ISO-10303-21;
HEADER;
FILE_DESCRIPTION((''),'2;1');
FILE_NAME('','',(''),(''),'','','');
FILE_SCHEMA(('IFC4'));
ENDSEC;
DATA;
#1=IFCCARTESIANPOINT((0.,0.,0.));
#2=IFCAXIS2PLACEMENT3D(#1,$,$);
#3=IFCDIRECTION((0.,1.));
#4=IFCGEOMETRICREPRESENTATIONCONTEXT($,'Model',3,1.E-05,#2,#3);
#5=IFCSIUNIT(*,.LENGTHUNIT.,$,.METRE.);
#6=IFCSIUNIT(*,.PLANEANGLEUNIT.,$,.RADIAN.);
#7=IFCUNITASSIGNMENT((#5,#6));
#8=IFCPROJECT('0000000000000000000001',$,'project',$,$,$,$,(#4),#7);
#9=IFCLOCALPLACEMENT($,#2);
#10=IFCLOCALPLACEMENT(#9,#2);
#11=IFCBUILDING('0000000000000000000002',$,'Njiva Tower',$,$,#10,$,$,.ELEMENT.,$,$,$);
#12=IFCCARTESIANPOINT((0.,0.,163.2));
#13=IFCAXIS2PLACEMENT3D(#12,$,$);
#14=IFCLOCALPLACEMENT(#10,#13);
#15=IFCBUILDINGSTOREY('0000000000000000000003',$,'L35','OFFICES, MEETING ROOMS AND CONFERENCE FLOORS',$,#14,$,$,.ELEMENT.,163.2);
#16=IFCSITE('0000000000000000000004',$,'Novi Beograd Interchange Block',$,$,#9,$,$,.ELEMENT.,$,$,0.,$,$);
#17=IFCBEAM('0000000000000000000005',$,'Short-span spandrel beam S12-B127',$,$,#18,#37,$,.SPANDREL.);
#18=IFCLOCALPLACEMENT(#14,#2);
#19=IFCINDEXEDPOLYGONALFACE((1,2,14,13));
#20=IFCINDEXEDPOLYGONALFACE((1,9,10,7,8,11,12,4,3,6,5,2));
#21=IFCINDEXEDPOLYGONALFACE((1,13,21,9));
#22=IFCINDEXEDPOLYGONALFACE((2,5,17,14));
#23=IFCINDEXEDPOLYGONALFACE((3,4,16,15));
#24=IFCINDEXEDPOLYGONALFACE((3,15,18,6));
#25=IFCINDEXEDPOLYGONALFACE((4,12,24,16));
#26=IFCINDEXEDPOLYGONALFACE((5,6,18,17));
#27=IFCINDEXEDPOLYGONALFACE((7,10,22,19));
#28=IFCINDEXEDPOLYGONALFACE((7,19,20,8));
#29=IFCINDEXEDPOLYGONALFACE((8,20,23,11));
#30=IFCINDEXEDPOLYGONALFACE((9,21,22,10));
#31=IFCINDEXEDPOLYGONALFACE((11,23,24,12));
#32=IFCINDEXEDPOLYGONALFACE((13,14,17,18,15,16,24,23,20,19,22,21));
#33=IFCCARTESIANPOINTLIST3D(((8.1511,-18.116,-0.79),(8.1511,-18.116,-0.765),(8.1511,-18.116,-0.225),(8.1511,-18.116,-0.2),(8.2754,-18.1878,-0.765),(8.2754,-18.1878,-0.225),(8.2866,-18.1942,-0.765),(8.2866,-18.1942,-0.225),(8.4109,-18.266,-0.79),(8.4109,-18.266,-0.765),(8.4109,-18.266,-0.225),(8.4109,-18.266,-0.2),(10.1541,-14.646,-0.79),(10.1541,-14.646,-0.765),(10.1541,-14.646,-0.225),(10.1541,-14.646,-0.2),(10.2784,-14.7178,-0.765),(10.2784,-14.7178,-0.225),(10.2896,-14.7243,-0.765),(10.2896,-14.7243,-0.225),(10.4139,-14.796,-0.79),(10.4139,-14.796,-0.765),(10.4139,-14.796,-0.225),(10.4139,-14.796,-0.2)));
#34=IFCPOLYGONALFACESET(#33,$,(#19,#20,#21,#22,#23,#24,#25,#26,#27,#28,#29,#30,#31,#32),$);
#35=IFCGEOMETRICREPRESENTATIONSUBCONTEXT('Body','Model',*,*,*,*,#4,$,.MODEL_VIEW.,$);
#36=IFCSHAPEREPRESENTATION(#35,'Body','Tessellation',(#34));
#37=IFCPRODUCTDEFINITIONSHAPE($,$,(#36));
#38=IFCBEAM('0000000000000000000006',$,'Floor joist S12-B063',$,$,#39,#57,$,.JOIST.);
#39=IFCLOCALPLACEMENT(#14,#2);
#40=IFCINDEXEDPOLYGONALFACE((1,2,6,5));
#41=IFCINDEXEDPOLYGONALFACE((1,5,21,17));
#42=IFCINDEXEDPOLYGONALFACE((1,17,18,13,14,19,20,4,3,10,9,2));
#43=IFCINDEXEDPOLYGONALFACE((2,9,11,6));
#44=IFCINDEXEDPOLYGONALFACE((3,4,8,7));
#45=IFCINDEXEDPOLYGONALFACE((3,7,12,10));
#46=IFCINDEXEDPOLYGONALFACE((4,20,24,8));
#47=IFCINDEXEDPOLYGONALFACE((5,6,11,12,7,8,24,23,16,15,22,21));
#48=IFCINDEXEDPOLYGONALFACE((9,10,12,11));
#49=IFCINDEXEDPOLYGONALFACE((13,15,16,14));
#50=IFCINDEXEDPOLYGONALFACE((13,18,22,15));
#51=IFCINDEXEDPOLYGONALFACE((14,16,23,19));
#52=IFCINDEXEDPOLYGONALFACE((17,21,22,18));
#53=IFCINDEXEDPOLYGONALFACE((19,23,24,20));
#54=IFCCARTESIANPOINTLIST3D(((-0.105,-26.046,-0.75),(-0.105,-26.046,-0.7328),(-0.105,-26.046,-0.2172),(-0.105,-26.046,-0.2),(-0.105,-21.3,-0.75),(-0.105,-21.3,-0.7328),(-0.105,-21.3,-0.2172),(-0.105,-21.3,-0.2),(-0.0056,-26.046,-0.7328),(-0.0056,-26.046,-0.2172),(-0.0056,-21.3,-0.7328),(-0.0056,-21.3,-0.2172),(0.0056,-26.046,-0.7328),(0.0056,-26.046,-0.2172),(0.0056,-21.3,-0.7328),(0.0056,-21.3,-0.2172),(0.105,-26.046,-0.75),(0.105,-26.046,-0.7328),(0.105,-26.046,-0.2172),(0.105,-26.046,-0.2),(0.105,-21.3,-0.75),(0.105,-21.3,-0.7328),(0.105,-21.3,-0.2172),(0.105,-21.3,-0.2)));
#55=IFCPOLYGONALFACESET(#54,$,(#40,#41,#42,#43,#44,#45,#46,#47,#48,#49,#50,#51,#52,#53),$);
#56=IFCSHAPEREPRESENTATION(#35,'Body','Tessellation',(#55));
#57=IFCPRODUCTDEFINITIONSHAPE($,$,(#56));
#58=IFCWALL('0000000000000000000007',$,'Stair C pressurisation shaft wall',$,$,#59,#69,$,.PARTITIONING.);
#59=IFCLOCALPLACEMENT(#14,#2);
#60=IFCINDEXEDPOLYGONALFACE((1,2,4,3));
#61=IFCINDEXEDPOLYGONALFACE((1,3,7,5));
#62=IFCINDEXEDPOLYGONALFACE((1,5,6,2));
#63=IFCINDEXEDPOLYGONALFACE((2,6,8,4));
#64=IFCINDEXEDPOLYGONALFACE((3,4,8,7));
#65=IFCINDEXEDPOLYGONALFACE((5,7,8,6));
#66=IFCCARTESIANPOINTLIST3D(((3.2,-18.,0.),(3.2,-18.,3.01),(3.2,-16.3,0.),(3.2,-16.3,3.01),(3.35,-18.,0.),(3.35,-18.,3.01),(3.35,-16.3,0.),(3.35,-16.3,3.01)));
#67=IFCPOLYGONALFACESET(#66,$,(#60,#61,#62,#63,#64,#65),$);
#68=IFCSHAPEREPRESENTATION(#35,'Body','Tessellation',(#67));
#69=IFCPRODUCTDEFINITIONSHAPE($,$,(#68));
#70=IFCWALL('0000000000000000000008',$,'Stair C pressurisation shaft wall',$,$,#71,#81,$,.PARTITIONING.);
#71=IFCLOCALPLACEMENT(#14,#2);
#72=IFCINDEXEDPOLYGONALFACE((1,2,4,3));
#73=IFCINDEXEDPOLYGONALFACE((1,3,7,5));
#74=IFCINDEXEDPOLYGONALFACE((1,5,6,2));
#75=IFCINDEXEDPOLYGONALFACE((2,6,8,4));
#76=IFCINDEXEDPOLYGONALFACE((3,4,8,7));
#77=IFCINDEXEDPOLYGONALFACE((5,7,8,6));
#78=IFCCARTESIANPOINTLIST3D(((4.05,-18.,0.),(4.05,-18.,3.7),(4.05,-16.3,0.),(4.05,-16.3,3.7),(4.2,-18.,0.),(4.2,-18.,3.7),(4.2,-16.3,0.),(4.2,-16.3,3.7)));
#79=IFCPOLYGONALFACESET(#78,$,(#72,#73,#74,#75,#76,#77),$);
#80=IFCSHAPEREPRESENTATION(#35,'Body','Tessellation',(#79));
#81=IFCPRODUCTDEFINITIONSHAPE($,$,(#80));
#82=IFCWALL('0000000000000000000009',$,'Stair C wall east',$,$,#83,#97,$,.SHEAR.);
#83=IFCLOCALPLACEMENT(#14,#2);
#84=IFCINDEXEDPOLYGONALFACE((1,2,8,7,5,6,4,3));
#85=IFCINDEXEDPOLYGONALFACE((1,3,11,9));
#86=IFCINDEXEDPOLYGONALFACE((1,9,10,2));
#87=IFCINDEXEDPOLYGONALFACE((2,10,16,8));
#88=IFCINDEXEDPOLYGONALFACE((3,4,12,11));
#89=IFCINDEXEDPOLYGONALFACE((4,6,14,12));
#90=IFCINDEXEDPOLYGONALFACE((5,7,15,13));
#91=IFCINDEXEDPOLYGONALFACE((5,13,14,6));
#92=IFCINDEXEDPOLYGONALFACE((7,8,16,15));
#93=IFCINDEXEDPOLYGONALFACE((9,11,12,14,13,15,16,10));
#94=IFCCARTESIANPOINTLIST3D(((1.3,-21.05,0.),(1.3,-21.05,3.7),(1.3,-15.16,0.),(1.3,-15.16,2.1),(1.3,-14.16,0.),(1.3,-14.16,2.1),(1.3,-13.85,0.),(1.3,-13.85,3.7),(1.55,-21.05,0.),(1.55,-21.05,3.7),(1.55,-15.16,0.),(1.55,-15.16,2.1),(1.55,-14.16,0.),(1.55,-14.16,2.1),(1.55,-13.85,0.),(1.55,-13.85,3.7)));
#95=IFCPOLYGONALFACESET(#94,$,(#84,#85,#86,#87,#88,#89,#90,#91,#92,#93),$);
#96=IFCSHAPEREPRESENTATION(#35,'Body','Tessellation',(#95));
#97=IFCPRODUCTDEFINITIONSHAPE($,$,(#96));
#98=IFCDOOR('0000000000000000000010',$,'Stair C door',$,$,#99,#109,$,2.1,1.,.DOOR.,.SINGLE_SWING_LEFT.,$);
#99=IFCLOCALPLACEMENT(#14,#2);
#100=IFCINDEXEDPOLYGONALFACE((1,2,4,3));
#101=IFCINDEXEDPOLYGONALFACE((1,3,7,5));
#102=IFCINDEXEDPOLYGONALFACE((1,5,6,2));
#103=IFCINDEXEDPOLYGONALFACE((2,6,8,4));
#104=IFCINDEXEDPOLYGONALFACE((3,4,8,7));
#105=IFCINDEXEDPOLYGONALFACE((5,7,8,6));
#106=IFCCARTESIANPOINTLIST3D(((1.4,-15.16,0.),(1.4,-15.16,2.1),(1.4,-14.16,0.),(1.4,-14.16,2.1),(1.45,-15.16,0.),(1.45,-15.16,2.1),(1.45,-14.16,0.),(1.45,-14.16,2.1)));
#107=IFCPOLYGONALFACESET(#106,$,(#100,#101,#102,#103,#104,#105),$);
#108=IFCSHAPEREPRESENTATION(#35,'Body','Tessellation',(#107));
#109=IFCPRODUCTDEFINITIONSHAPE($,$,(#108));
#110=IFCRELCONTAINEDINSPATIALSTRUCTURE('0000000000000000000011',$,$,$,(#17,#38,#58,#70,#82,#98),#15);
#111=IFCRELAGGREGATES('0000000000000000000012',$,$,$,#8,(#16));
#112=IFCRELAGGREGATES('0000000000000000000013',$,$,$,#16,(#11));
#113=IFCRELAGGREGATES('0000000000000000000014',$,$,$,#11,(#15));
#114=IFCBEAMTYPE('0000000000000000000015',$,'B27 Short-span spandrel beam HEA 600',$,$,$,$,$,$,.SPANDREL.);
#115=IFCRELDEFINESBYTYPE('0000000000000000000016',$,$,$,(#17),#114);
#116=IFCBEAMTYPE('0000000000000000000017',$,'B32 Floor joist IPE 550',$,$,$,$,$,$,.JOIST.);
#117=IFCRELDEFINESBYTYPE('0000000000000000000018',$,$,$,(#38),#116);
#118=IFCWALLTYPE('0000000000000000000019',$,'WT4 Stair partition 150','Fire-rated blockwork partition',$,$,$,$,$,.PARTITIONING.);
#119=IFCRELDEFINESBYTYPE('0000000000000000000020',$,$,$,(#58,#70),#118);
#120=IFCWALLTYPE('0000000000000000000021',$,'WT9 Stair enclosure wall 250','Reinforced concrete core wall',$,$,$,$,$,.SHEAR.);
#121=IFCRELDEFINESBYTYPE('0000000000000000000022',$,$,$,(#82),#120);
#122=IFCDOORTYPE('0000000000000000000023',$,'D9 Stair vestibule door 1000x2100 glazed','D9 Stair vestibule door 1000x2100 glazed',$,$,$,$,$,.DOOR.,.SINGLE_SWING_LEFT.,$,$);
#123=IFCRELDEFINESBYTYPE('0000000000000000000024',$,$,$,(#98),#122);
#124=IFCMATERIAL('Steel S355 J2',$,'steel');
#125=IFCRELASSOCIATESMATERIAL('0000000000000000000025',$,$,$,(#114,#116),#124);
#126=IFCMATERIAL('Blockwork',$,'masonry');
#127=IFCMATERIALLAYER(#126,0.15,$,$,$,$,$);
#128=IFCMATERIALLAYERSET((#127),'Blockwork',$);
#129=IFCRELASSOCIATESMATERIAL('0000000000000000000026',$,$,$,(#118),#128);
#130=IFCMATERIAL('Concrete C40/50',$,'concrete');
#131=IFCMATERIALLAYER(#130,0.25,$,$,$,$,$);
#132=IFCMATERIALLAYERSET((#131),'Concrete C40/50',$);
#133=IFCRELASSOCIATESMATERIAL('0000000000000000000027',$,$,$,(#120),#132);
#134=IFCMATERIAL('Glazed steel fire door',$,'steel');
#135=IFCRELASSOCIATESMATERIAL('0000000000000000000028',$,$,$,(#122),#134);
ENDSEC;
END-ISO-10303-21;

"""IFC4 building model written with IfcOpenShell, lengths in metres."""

from ifc_helpers import new_model, si_unit, direction, frame, frame_2d, origin, origin_2d, place, context, subcontext, project, spatial, rectangle, i_section, extrude, material, layer, layer_set, material_profile, profile_set, type_object, element, fill, save


model = new_model("IFC4")

# Units and contexts
model_context = context("Model", 3, precision=1e-05, world=origin(), true_north=direction((0.0, 1.0)))
body_context = subcontext(model_context, "Body", "Model", "MODEL_VIEW")
ifc_project = project(units=[si_unit("LENGTHUNIT", "METRE"), si_unit("PLANEANGLEUNIT", "RADIAN")], contexts=[model_context])

# Site, building, storey
site_placement = place(None, origin())
site = spatial("IfcSite", under=ifc_project, at=site_placement, Name="Novi Beograd Interchange Block", CompositionType="ELEMENT", RefElevation=0.0)
building_placement = place(site_placement, origin())
building = spatial("IfcBuilding", under=site, at=building_placement, Name="Njiva Tower", CompositionType="ELEMENT")
storey_placement = place(building_placement, frame((0.0, 0.0, 163.2)))
storey = spatial("IfcBuildingStorey", under=building, at=storey_placement, Name="L35", Description="OFFICES, MEETING ROOMS AND CONFERENCE FLOORS", CompositionType="ELEMENT", Elevation=163.2)

# Shared definitions
ifc_material_1 = material(Name="Steel S355 J2", Category="steel")

# Beams
ifc_material_profile_1 = material_profile(ifc_material_1, i_section(OverallWidth=0.3, OverallDepth=0.59, WebThickness=0.013, FlangeThickness=0.025, at=origin_2d()), Name="HEA 600")
ifc_profile_set_1 = profile_set([ifc_material_profile_1], Name="Steel S355 J2")
beam_type_1 = type_object("IfcBeamType", Name="B27 Short-span spandrel beam HEA 600", PredefinedType="SPANDREL", material=ifc_profile_set_1)
beam_1_placement = place(storey_placement, frame((8.281, -18.191, -0.495), z_axis=(0.499924, 0.866069, 0.0), x_axis=(-0.866069, 0.499924, 0.0)))
element("IfcBeam", 1, at=beam_1_placement, inside=storey, type_object=beam_type_1, Name="Short-span spandrel beam S12-B127", PredefinedType="SPANDREL", context=body_context, shape_type="SweptSolid", body=[
    extrude(i_section(OverallWidth=0.3, OverallDepth=0.59, WebThickness=0.013, FlangeThickness=0.025, at=origin_2d()), origin(), (0.0, 0.0, 1.0), 4.0066),
])
ifc_material_profile_2 = material_profile(ifc_material_1, i_section(OverallWidth=0.21, OverallDepth=0.55, WebThickness=0.0111, FlangeThickness=0.0172, at=origin_2d()), Name="IPE 550")
ifc_profile_set_2 = profile_set([ifc_material_profile_2], Name="Steel S355 J2")
beam_type_2 = type_object("IfcBeamType", Name="B32 Floor joist IPE 550", PredefinedType="JOIST", material=ifc_profile_set_2)
beam_2_placement = place(storey_placement, frame((0.0, -21.3, -0.475), z_axis=(0.0, -1.0, 0.0), x_axis=(1.0, 0.0, 0.0)))
element("IfcBeam", 2, at=beam_2_placement, inside=storey, type_object=beam_type_2, Name="Floor joist S12-B063", PredefinedType="JOIST", context=body_context, shape_type="SweptSolid", body=[
    extrude(i_section(OverallWidth=0.21, OverallDepth=0.55, WebThickness=0.0111, FlangeThickness=0.0172, at=origin_2d()), origin(), (0.0, 0.0, 1.0), 4.746),
])

# Walls
ifc_material_2 = material(Name="Blockwork", Category="masonry")
ifc_layer_1 = layer(ifc_material_2, 0.15)
ifc_layer_set_1 = layer_set([ifc_layer_1], Name="Blockwork")
wall_type_1 = type_object("IfcWallType", Name="WT4 Stair partition 150", Description="Fire-rated blockwork partition", PredefinedType="PARTITIONING", material=ifc_layer_set_1)
wall_1_placement = place(storey_placement, frame((3.275, -18.0, 0.0), z_axis=(0.0, 0.0, 1.0), x_axis=(0.0, 1.0, 0.0)))
element("IfcWall", 3, at=wall_1_placement, inside=storey, type_object=wall_type_1, Name="Stair C pressurisation shaft wall", PredefinedType="PARTITIONING", context=body_context, shape_type="SweptSolid", body=[
    extrude(rectangle(XDim=1.7, YDim=0.15, at=frame_2d((0.85, 0.0))), origin(), (0.0, 0.0, 1.0), 3.01),
])
wall_2_placement = place(storey_placement, frame((4.125, -18.0, 0.0), z_axis=(0.0, 0.0, 1.0), x_axis=(0.0, 1.0, 0.0)))
element("IfcWall", 4, at=wall_2_placement, inside=storey, type_object=wall_type_1, Name="Stair C pressurisation shaft wall", PredefinedType="PARTITIONING", context=body_context, shape_type="SweptSolid", body=[
    extrude(rectangle(XDim=1.7, YDim=0.15, at=frame_2d((0.85, 0.0))), origin(), (0.0, 0.0, 1.0), 3.7),
])

# Wall, opening, door
ifc_material_3 = material(Name="Concrete C40/50", Category="concrete")
ifc_layer_2 = layer(ifc_material_3, 0.25)
ifc_layer_set_2 = layer_set([ifc_layer_2], Name="Concrete C40/50")
wall_type_2 = type_object("IfcWallType", Name="WT9 Stair enclosure wall 250", Description="Reinforced concrete core wall", PredefinedType="SHEAR", material=ifc_layer_set_2)
wall_3_placement = place(storey_placement, frame((1.425, -21.05, 0.0), z_axis=(0.0, 0.0, 1.0), x_axis=(0.0, 1.0, 0.0)))
wall_3 = element("IfcWall", 5, at=wall_3_placement, inside=storey, type_object=wall_type_2, Name="Stair C wall east", PredefinedType="SHEAR", context=body_context, shape_type="SweptSolid", body=[
    extrude(rectangle(XDim=7.2, YDim=0.25, at=frame_2d((3.6, 0.0))), origin(), (0.0, 0.0, 1.0), 3.7),
])
opening_1_placement = place(wall_3_placement, frame((5.89, 0.0, 0.0)))
opening_1 = element("IfcOpeningElement", 6, at=opening_1_placement, cuts=wall_3, PredefinedType="OPENING", context=body_context, shape_type="SweptSolid", body=[
    extrude(rectangle(XDim=1.0, YDim=2.1, at=frame_2d((0.5, 1.05))), frame((0.0, 0.135, 0.0), z_axis=(0.0, -1.0, 0.0), x_axis=(1.0, 0.0, 0.0)), (0.0, 0.0, 1.0), 0.27),
])
ifc_material_4 = material(Name="Glazed steel fire door", Category="steel")
door_type = type_object("IfcDoorType", Name="D9 Stair vestibule door 1000x2100 glazed", Description="D9 Stair vestibule door 1000x2100 glazed", OperationType="SINGLE_SWING_LEFT", PredefinedType="DOOR", material=ifc_material_4)
door_placement = place(opening_1_placement, origin())
door = element("IfcDoor", 7, at=door_placement, inside=storey, type_object=door_type, Name="Stair C door", OperationType="SINGLE_SWING_LEFT", OverallHeight=2.1, OverallWidth=1.0, PredefinedType="DOOR", context=body_context, shape_type="SweptSolid", body=[
    extrude(rectangle(XDim=1.0, YDim=2.1, at=frame_2d((0.5, 1.05))), frame((0.0, 0.025, 0.0), z_axis=(0.0, -1.0, 0.0), x_axis=(1.0, 0.0, 0.0)), (0.0, 0.0, 1.0), 0.05),
])
fill(opening_1, door)

save(model, "model.ifc")
